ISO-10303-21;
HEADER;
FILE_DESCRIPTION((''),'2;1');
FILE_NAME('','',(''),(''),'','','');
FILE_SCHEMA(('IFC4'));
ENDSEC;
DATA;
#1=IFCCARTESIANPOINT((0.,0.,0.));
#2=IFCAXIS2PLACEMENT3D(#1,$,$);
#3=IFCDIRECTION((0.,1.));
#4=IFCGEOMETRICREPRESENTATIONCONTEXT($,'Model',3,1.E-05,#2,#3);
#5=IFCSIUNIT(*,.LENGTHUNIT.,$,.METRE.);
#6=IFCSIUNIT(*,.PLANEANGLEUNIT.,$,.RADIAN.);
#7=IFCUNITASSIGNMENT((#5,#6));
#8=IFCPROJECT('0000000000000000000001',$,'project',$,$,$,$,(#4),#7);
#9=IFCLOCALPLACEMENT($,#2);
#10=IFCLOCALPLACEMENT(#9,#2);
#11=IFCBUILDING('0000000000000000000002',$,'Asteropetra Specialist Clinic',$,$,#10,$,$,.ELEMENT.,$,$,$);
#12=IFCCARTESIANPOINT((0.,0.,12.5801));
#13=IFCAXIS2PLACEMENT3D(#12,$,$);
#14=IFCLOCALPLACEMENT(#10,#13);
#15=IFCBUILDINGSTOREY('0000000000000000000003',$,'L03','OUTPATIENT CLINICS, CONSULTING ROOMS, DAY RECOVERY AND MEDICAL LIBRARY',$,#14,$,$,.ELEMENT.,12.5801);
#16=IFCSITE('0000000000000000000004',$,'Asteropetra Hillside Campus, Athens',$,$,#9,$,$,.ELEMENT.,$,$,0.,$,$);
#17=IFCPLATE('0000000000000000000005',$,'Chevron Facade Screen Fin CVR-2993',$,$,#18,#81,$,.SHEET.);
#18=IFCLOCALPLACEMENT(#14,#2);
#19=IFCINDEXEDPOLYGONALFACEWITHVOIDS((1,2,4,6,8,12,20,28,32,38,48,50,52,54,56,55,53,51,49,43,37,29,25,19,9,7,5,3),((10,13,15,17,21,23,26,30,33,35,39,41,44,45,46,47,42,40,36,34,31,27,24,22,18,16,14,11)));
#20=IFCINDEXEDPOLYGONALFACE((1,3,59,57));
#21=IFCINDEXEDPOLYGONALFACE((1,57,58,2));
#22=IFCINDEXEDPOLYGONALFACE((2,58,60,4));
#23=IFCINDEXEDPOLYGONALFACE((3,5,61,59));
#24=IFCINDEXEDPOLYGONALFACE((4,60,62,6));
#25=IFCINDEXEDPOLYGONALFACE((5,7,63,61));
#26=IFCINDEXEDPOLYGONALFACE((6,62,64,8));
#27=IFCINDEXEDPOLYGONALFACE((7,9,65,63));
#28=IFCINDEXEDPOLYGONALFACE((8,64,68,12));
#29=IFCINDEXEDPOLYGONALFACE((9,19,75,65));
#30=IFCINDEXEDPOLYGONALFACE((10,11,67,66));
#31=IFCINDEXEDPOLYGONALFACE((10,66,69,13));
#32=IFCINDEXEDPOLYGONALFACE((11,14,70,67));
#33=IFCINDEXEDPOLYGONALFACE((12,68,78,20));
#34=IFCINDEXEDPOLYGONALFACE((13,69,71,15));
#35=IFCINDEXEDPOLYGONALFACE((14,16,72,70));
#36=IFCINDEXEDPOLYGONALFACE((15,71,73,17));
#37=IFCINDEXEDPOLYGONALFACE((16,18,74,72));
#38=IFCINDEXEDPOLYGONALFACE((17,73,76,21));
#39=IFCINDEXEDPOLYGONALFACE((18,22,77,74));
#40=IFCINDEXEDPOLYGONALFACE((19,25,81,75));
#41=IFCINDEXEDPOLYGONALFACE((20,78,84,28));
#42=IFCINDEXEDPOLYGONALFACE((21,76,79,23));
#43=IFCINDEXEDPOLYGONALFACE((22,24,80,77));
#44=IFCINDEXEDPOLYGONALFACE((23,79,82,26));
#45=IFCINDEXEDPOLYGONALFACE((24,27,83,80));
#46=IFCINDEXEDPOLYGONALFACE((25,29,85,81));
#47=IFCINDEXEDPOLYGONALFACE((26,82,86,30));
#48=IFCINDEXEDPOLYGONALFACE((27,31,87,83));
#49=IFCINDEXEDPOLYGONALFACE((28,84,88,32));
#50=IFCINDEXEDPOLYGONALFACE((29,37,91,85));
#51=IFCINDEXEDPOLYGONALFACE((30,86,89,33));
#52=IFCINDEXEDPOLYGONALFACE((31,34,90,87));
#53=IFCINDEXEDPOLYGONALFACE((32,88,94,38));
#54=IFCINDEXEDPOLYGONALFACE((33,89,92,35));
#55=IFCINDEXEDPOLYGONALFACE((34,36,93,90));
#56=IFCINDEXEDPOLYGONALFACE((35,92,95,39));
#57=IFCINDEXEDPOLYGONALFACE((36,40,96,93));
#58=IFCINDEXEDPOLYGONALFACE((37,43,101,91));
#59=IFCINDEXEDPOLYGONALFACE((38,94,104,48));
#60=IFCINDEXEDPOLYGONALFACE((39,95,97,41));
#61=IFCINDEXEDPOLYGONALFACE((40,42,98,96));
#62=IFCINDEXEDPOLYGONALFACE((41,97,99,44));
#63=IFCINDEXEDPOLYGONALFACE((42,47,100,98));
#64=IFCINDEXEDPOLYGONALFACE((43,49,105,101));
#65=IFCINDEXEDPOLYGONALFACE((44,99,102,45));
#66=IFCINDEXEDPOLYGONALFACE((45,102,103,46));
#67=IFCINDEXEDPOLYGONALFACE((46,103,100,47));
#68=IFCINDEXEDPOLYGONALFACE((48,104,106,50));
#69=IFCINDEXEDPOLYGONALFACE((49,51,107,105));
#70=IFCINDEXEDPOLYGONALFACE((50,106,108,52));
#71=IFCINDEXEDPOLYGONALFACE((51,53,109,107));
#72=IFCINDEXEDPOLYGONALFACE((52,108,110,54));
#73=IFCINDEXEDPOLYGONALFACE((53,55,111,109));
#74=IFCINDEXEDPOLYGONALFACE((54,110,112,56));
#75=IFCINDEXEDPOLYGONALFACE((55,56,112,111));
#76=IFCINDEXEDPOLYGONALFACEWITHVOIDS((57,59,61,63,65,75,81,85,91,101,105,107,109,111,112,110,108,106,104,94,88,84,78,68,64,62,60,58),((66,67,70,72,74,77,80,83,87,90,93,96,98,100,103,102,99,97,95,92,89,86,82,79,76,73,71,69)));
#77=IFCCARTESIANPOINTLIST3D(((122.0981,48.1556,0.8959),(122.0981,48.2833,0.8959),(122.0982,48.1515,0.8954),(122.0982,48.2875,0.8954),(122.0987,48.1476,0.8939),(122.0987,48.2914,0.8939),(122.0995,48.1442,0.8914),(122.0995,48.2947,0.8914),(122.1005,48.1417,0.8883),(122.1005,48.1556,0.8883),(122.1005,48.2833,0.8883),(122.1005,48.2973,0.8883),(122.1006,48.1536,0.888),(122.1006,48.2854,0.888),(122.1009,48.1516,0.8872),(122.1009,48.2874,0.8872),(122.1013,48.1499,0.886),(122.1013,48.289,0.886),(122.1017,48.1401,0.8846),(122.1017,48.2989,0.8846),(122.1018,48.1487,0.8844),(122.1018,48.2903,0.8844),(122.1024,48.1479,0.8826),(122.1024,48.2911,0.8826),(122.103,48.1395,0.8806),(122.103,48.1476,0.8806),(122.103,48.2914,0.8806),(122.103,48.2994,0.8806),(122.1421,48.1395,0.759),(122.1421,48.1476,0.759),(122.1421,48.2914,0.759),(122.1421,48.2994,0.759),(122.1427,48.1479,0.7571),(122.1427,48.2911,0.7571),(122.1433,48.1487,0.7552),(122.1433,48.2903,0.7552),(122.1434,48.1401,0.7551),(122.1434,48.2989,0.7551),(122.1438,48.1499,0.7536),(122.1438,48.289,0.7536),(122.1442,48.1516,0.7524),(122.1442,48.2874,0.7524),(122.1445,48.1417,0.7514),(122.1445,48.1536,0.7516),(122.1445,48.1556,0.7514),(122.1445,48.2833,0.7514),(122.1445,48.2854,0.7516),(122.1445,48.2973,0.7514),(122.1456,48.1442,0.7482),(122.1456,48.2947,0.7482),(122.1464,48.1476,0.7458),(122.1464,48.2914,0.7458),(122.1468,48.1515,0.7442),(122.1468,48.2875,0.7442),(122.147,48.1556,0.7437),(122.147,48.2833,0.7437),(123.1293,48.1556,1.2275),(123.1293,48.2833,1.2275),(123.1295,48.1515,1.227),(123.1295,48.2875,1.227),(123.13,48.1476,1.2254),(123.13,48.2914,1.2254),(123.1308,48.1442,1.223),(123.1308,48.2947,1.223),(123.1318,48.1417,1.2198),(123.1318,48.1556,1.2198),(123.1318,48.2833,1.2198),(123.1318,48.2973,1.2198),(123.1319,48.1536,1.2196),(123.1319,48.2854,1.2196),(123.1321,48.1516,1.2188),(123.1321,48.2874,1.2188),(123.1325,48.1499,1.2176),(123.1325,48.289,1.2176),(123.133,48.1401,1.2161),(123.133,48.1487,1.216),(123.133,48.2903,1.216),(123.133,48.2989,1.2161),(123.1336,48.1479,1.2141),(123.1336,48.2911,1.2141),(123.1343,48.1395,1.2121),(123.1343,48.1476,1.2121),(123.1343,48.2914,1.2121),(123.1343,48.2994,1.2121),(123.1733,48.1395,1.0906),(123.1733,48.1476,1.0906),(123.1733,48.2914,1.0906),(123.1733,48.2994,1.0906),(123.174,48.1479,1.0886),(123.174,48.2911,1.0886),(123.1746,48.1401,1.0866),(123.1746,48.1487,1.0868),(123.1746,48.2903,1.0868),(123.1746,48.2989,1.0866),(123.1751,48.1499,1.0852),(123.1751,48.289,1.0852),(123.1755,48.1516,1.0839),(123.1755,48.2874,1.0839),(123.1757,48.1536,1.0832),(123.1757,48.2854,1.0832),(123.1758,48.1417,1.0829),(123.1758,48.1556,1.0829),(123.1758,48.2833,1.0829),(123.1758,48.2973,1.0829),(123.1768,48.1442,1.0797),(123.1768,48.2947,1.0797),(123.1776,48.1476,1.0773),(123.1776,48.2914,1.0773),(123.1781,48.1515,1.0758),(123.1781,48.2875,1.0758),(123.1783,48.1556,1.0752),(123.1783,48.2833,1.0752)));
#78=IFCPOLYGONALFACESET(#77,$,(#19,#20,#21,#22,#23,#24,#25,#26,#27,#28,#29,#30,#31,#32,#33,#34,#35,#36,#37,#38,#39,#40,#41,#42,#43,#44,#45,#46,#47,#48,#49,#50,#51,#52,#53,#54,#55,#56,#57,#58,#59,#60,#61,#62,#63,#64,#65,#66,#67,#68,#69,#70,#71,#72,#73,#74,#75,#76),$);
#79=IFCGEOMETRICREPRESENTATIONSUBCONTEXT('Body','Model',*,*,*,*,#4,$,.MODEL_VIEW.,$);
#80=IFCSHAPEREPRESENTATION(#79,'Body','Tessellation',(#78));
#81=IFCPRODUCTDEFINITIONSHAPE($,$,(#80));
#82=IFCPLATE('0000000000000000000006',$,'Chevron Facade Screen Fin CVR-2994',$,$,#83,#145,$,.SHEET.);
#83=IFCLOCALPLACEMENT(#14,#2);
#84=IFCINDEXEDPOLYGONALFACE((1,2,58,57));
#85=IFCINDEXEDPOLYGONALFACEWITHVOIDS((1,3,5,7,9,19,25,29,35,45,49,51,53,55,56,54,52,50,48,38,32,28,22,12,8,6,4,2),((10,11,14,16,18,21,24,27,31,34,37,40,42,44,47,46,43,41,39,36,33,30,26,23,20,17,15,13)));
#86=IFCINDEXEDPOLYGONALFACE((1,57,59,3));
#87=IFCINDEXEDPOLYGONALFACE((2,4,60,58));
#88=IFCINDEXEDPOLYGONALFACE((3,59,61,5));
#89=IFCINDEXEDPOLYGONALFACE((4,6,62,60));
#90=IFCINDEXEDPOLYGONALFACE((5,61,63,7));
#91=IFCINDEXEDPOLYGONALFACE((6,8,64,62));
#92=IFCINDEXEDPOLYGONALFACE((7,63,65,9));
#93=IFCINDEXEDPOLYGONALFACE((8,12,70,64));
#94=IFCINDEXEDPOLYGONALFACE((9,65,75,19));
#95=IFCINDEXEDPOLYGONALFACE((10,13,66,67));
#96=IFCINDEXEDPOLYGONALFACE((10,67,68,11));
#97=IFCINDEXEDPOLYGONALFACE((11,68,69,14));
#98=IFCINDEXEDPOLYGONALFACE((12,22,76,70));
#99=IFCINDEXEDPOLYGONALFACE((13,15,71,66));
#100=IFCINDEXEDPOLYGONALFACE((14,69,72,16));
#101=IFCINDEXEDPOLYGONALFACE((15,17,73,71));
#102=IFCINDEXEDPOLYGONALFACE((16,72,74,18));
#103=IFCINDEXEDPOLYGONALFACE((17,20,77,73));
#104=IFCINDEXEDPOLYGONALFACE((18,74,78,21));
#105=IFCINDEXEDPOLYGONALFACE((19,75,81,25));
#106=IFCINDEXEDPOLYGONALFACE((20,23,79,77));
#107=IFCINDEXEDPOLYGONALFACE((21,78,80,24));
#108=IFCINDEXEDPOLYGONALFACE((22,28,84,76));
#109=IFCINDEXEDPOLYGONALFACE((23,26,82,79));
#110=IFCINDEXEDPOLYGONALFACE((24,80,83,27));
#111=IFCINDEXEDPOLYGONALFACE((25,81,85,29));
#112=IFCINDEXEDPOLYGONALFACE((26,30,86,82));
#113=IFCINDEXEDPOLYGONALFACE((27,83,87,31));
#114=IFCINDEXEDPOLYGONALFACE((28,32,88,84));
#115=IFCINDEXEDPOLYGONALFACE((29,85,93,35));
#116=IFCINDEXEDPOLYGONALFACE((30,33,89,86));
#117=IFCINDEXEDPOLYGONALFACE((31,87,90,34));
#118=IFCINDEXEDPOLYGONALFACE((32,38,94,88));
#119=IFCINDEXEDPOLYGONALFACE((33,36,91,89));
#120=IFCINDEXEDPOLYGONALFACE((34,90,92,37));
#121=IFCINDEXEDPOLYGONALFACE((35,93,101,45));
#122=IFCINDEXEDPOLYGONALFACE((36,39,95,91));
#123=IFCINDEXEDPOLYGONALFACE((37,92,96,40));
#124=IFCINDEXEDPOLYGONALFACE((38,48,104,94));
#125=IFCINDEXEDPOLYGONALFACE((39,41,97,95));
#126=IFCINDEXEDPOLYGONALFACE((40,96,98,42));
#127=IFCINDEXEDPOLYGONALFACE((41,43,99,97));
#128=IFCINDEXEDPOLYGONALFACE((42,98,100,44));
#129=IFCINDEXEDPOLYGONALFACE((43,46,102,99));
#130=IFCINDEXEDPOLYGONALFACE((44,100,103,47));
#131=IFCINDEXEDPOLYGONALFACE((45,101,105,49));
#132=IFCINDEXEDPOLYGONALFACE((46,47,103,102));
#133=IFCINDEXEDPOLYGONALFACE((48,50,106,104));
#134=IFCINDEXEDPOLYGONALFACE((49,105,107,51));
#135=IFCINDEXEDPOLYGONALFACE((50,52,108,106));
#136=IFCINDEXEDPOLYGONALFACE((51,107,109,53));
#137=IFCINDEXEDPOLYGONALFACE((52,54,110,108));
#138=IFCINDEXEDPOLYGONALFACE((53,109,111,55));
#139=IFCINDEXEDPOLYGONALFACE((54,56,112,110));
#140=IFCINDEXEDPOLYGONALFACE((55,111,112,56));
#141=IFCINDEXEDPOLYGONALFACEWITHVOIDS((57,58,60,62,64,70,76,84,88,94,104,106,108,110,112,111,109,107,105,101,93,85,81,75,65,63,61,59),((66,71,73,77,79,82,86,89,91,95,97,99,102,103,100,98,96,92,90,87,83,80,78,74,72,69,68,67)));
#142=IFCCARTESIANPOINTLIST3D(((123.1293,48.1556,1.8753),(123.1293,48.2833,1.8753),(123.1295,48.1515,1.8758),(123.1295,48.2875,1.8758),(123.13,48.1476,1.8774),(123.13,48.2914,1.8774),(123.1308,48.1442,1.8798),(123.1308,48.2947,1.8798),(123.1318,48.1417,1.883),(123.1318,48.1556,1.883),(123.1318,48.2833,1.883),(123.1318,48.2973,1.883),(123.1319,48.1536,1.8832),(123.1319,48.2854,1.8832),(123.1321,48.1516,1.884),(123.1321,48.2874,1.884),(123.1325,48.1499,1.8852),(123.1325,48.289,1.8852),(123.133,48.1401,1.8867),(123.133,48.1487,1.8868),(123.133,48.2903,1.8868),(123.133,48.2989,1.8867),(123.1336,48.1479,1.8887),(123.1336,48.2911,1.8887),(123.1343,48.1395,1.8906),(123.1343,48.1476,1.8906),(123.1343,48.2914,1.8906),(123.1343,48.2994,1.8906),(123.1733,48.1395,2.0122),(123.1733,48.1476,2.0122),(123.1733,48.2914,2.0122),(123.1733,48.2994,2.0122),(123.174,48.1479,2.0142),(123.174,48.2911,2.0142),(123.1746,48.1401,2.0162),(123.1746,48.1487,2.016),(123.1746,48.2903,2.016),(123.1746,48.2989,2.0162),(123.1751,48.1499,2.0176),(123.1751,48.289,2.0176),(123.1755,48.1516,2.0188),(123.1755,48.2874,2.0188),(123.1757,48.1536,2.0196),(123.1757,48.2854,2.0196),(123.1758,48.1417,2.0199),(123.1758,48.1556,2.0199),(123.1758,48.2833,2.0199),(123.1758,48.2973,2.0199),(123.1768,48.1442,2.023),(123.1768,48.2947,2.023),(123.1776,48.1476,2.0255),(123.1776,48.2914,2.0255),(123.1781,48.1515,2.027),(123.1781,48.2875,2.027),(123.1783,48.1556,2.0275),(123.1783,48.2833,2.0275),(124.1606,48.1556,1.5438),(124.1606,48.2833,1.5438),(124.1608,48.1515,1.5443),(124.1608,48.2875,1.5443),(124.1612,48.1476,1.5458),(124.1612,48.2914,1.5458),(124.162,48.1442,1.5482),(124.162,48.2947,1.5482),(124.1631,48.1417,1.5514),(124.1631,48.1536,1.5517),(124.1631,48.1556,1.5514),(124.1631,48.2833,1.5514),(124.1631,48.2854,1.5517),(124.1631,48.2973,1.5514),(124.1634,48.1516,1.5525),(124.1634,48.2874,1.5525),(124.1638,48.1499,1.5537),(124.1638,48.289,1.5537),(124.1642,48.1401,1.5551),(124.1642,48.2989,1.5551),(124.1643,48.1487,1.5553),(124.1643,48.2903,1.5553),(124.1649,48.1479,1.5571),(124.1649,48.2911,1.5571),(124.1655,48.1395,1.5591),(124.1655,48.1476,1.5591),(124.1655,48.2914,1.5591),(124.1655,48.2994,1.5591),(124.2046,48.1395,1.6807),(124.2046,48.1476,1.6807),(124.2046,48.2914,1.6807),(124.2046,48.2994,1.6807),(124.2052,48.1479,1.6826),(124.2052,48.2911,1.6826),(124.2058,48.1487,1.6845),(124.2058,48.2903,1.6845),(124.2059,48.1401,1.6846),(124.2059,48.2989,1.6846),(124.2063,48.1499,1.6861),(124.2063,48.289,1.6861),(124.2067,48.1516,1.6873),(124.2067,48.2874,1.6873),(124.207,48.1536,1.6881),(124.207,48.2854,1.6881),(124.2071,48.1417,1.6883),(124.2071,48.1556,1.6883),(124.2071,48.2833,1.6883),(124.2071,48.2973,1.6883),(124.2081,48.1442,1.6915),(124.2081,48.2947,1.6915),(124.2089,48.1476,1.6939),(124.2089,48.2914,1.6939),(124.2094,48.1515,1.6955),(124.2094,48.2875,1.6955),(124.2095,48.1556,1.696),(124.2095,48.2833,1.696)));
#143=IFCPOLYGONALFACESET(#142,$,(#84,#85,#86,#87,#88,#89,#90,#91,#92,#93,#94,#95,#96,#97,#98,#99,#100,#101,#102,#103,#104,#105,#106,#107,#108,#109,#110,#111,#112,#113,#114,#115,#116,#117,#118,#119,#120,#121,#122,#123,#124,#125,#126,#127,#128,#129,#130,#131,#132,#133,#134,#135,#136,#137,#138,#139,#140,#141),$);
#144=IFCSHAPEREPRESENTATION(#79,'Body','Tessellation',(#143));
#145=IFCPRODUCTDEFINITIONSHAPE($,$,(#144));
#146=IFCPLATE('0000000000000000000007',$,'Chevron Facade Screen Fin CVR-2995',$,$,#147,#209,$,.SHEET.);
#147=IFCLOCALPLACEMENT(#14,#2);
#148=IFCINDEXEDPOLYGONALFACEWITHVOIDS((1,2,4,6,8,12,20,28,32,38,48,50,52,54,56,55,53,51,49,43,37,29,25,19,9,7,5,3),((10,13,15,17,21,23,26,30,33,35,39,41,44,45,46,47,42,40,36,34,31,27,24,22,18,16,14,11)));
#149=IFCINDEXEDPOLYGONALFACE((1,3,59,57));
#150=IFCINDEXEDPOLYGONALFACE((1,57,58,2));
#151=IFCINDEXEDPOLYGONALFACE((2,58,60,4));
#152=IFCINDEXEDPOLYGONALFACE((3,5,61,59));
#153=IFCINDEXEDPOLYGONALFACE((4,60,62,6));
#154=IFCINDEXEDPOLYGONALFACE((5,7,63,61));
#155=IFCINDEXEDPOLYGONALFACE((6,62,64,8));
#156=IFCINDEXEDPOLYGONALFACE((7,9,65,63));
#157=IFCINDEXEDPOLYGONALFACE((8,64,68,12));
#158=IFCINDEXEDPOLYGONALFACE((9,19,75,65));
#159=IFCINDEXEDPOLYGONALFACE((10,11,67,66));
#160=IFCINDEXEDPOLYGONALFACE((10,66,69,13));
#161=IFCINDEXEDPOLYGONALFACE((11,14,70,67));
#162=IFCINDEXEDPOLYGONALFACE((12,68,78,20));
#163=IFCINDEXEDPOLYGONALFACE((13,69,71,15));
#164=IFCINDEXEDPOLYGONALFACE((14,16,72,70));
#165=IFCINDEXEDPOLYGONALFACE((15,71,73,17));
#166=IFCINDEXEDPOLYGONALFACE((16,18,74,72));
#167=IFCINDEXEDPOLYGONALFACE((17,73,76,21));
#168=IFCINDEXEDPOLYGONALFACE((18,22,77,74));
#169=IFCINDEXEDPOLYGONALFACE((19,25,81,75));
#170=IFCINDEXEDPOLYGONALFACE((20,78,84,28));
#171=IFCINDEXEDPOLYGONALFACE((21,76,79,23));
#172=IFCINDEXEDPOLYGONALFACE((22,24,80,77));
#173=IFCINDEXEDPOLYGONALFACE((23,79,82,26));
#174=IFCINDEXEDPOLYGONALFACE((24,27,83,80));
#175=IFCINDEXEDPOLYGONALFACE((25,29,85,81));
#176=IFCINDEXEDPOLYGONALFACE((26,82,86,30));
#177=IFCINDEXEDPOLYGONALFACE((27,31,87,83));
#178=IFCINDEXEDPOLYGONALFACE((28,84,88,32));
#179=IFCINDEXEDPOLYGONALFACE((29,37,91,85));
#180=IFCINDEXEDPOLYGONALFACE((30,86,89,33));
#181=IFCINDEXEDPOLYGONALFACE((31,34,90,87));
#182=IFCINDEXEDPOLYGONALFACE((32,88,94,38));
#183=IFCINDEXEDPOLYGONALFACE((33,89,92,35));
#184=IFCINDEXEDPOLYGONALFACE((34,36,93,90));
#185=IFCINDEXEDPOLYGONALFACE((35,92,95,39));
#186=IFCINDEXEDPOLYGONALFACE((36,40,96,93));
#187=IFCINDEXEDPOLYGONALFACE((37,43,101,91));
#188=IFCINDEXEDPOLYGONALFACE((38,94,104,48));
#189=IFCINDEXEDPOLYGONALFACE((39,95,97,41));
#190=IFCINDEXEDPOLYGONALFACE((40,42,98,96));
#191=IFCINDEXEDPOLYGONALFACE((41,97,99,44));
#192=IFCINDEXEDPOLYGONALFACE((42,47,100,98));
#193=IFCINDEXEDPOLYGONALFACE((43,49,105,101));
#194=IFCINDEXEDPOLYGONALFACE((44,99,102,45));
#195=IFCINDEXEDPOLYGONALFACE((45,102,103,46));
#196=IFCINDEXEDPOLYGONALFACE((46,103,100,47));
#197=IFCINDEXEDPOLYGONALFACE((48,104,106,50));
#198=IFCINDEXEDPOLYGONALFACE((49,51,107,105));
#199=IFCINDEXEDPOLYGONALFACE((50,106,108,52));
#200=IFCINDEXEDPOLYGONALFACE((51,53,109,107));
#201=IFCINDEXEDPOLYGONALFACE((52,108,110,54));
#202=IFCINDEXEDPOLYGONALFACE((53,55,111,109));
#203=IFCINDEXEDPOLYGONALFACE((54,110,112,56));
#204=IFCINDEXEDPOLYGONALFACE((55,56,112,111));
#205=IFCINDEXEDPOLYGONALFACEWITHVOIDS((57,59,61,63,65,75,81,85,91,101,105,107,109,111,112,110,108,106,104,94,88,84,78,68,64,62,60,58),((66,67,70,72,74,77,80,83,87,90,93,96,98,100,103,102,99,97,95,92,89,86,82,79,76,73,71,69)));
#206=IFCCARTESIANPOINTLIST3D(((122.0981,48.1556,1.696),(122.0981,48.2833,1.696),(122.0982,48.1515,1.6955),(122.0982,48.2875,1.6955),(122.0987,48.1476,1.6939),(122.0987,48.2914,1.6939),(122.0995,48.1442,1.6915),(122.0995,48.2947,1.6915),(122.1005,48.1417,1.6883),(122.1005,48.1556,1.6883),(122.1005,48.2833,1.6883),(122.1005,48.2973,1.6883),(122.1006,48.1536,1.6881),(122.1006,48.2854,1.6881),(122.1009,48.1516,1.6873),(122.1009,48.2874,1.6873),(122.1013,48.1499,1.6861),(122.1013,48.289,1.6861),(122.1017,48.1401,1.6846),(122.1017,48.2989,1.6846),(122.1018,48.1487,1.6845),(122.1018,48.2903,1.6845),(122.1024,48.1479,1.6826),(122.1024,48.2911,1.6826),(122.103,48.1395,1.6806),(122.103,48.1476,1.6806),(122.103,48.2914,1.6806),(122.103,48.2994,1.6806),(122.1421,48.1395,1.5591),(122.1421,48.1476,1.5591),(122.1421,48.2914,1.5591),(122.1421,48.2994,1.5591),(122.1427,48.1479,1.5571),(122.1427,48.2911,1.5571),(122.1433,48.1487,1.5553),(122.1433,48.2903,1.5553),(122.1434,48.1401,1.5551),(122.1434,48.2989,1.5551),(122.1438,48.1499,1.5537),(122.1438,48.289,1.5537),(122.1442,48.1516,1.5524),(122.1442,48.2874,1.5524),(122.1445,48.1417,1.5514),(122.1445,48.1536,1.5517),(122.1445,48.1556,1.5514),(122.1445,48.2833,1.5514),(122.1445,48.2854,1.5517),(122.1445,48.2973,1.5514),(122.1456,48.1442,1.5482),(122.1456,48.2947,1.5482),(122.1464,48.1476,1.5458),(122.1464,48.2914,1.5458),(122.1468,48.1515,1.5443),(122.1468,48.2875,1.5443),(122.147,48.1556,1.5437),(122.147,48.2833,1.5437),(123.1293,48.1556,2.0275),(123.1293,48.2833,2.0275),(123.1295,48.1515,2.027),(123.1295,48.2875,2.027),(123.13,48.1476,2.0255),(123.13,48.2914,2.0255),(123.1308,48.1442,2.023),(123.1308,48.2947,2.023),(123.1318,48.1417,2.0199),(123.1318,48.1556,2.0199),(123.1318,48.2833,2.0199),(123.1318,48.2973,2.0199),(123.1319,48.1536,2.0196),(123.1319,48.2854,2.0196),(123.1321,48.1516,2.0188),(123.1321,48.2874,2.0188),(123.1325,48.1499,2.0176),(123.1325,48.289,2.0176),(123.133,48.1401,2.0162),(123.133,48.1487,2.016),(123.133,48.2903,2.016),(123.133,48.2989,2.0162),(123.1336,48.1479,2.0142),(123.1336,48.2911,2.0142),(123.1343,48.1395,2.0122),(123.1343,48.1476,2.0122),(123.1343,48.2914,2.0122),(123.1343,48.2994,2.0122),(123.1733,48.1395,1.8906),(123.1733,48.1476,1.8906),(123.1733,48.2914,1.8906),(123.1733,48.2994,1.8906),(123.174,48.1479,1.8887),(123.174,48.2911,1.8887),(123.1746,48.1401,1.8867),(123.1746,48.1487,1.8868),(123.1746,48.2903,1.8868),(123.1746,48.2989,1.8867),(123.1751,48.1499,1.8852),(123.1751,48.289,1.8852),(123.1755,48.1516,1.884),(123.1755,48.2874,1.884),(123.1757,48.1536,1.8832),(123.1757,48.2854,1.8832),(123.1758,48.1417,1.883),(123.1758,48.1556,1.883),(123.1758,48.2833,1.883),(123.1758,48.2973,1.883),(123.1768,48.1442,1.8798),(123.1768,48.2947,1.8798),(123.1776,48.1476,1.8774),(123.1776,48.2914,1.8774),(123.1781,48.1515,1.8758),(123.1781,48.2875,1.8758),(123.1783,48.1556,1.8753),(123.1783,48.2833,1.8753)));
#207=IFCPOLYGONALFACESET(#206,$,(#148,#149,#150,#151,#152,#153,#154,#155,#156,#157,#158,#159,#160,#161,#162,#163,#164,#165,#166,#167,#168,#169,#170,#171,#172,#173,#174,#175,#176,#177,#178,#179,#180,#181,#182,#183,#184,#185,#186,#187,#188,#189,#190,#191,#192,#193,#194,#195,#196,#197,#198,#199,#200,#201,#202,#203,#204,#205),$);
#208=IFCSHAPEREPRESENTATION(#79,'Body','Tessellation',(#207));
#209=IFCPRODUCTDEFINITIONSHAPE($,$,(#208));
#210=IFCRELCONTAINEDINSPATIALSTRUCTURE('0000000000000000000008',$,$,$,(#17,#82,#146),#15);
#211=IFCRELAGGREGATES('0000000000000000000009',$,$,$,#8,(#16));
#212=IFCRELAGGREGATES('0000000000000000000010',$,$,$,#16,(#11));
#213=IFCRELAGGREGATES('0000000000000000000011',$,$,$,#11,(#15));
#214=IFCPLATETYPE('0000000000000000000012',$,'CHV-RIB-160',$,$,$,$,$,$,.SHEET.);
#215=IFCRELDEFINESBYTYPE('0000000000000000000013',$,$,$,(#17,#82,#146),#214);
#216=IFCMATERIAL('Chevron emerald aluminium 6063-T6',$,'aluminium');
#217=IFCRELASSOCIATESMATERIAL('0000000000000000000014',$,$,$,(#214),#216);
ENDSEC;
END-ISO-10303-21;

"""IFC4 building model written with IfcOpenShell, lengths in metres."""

from ifc_helpers import new_model, si_unit, direction, frame, origin, origin_2d, place, context, subcontext, project, spatial, hollow_rectangle, extrude, material, material_profile, profile_set, type_object, element, save


model = new_model("IFC4")

# Units and contexts
model_context = context("Model", 3, precision=1e-05, world=origin(), true_north=direction((0.0, 1.0)))
body_context = subcontext(model_context, "Body", "Model", "MODEL_VIEW")
ifc_project = project(units=[si_unit("LENGTHUNIT", "METRE"), si_unit("PLANEANGLEUNIT", "RADIAN")], contexts=[model_context])

# Site, building, storey
site_placement = place(None, origin())
site = spatial("IfcSite", under=ifc_project, at=site_placement, Name="Asteropetra Hillside Campus, Athens", CompositionType="ELEMENT", RefElevation=0.0)
building_placement = place(site_placement, origin())
building = spatial("IfcBuilding", under=site, at=building_placement, Name="Asteropetra Specialist Clinic", CompositionType="ELEMENT")
storey_placement = place(building_placement, frame((0.0, 0.0, 12.5801)))
storey = spatial("IfcBuildingStorey", under=building, at=storey_placement, Name="L03", Description="OUTPATIENT CLINICS, CONSULTING ROOMS, DAY RECOVERY AND MEDICAL LIBRARY", CompositionType="ELEMENT", Elevation=12.5801)

# Plates
ifc_material_1 = material(Name="Chevron emerald aluminium 6063-T6", Category="aluminium")
ifc_material_profile = material_profile(ifc_material_1, hollow_rectangle(XDim=0.1599, YDim=0.1599, WallThickness=0.0081, InnerFilletRadius=0.0081, OuterFilletRadius=0.0161, at=origin_2d()), Name="SHS 160x160x8.0")
ifc_profile_set = profile_set([ifc_material_profile], Name="Chevron emerald aluminium 6063-T6")
plate_type_1 = type_object("IfcPlateType", Name="CHV-RIB-160", PredefinedType="SHEET", material=ifc_profile_set)
for number, where, z_axis, x_axis, name in (
    (1, (123.1538, 48.2195, 1.1514), (-0.95201, 0.0, -0.306068), (0.0, -1.0, 0.0), "Chevron Facade Screen Fin CVR-2993"),
    (2, (124.1851, 48.2195, 1.6199), (-0.95201, 0.0, 0.306068), (0.0, -1.0, 0.0), "Chevron Facade Screen Fin CVR-2994"),
    (3, (123.1538, 48.2195, 1.9514), (-0.95201, 0.0, -0.306068), (0.0, -1.0, 0.0), "Chevron Facade Screen Fin CVR-2995"),
):
    element("IfcPlate", number, at=place(storey_placement, frame(where, z_axis=z_axis, x_axis=x_axis)), inside=storey, type_object=plate_type_1, Name=name, PredefinedType="SHEET", context=body_context, shape_type="SweptSolid", body=[
        extrude(hollow_rectangle(XDim=0.1599, YDim=0.1599, WallThickness=0.0081, InnerFilletRadius=0.0081, OuterFilletRadius=0.0161, at=origin_2d()), origin(), (0.0, 0.0, 1.0), 1.0833),
    ])

save(model, "model.ifc")
